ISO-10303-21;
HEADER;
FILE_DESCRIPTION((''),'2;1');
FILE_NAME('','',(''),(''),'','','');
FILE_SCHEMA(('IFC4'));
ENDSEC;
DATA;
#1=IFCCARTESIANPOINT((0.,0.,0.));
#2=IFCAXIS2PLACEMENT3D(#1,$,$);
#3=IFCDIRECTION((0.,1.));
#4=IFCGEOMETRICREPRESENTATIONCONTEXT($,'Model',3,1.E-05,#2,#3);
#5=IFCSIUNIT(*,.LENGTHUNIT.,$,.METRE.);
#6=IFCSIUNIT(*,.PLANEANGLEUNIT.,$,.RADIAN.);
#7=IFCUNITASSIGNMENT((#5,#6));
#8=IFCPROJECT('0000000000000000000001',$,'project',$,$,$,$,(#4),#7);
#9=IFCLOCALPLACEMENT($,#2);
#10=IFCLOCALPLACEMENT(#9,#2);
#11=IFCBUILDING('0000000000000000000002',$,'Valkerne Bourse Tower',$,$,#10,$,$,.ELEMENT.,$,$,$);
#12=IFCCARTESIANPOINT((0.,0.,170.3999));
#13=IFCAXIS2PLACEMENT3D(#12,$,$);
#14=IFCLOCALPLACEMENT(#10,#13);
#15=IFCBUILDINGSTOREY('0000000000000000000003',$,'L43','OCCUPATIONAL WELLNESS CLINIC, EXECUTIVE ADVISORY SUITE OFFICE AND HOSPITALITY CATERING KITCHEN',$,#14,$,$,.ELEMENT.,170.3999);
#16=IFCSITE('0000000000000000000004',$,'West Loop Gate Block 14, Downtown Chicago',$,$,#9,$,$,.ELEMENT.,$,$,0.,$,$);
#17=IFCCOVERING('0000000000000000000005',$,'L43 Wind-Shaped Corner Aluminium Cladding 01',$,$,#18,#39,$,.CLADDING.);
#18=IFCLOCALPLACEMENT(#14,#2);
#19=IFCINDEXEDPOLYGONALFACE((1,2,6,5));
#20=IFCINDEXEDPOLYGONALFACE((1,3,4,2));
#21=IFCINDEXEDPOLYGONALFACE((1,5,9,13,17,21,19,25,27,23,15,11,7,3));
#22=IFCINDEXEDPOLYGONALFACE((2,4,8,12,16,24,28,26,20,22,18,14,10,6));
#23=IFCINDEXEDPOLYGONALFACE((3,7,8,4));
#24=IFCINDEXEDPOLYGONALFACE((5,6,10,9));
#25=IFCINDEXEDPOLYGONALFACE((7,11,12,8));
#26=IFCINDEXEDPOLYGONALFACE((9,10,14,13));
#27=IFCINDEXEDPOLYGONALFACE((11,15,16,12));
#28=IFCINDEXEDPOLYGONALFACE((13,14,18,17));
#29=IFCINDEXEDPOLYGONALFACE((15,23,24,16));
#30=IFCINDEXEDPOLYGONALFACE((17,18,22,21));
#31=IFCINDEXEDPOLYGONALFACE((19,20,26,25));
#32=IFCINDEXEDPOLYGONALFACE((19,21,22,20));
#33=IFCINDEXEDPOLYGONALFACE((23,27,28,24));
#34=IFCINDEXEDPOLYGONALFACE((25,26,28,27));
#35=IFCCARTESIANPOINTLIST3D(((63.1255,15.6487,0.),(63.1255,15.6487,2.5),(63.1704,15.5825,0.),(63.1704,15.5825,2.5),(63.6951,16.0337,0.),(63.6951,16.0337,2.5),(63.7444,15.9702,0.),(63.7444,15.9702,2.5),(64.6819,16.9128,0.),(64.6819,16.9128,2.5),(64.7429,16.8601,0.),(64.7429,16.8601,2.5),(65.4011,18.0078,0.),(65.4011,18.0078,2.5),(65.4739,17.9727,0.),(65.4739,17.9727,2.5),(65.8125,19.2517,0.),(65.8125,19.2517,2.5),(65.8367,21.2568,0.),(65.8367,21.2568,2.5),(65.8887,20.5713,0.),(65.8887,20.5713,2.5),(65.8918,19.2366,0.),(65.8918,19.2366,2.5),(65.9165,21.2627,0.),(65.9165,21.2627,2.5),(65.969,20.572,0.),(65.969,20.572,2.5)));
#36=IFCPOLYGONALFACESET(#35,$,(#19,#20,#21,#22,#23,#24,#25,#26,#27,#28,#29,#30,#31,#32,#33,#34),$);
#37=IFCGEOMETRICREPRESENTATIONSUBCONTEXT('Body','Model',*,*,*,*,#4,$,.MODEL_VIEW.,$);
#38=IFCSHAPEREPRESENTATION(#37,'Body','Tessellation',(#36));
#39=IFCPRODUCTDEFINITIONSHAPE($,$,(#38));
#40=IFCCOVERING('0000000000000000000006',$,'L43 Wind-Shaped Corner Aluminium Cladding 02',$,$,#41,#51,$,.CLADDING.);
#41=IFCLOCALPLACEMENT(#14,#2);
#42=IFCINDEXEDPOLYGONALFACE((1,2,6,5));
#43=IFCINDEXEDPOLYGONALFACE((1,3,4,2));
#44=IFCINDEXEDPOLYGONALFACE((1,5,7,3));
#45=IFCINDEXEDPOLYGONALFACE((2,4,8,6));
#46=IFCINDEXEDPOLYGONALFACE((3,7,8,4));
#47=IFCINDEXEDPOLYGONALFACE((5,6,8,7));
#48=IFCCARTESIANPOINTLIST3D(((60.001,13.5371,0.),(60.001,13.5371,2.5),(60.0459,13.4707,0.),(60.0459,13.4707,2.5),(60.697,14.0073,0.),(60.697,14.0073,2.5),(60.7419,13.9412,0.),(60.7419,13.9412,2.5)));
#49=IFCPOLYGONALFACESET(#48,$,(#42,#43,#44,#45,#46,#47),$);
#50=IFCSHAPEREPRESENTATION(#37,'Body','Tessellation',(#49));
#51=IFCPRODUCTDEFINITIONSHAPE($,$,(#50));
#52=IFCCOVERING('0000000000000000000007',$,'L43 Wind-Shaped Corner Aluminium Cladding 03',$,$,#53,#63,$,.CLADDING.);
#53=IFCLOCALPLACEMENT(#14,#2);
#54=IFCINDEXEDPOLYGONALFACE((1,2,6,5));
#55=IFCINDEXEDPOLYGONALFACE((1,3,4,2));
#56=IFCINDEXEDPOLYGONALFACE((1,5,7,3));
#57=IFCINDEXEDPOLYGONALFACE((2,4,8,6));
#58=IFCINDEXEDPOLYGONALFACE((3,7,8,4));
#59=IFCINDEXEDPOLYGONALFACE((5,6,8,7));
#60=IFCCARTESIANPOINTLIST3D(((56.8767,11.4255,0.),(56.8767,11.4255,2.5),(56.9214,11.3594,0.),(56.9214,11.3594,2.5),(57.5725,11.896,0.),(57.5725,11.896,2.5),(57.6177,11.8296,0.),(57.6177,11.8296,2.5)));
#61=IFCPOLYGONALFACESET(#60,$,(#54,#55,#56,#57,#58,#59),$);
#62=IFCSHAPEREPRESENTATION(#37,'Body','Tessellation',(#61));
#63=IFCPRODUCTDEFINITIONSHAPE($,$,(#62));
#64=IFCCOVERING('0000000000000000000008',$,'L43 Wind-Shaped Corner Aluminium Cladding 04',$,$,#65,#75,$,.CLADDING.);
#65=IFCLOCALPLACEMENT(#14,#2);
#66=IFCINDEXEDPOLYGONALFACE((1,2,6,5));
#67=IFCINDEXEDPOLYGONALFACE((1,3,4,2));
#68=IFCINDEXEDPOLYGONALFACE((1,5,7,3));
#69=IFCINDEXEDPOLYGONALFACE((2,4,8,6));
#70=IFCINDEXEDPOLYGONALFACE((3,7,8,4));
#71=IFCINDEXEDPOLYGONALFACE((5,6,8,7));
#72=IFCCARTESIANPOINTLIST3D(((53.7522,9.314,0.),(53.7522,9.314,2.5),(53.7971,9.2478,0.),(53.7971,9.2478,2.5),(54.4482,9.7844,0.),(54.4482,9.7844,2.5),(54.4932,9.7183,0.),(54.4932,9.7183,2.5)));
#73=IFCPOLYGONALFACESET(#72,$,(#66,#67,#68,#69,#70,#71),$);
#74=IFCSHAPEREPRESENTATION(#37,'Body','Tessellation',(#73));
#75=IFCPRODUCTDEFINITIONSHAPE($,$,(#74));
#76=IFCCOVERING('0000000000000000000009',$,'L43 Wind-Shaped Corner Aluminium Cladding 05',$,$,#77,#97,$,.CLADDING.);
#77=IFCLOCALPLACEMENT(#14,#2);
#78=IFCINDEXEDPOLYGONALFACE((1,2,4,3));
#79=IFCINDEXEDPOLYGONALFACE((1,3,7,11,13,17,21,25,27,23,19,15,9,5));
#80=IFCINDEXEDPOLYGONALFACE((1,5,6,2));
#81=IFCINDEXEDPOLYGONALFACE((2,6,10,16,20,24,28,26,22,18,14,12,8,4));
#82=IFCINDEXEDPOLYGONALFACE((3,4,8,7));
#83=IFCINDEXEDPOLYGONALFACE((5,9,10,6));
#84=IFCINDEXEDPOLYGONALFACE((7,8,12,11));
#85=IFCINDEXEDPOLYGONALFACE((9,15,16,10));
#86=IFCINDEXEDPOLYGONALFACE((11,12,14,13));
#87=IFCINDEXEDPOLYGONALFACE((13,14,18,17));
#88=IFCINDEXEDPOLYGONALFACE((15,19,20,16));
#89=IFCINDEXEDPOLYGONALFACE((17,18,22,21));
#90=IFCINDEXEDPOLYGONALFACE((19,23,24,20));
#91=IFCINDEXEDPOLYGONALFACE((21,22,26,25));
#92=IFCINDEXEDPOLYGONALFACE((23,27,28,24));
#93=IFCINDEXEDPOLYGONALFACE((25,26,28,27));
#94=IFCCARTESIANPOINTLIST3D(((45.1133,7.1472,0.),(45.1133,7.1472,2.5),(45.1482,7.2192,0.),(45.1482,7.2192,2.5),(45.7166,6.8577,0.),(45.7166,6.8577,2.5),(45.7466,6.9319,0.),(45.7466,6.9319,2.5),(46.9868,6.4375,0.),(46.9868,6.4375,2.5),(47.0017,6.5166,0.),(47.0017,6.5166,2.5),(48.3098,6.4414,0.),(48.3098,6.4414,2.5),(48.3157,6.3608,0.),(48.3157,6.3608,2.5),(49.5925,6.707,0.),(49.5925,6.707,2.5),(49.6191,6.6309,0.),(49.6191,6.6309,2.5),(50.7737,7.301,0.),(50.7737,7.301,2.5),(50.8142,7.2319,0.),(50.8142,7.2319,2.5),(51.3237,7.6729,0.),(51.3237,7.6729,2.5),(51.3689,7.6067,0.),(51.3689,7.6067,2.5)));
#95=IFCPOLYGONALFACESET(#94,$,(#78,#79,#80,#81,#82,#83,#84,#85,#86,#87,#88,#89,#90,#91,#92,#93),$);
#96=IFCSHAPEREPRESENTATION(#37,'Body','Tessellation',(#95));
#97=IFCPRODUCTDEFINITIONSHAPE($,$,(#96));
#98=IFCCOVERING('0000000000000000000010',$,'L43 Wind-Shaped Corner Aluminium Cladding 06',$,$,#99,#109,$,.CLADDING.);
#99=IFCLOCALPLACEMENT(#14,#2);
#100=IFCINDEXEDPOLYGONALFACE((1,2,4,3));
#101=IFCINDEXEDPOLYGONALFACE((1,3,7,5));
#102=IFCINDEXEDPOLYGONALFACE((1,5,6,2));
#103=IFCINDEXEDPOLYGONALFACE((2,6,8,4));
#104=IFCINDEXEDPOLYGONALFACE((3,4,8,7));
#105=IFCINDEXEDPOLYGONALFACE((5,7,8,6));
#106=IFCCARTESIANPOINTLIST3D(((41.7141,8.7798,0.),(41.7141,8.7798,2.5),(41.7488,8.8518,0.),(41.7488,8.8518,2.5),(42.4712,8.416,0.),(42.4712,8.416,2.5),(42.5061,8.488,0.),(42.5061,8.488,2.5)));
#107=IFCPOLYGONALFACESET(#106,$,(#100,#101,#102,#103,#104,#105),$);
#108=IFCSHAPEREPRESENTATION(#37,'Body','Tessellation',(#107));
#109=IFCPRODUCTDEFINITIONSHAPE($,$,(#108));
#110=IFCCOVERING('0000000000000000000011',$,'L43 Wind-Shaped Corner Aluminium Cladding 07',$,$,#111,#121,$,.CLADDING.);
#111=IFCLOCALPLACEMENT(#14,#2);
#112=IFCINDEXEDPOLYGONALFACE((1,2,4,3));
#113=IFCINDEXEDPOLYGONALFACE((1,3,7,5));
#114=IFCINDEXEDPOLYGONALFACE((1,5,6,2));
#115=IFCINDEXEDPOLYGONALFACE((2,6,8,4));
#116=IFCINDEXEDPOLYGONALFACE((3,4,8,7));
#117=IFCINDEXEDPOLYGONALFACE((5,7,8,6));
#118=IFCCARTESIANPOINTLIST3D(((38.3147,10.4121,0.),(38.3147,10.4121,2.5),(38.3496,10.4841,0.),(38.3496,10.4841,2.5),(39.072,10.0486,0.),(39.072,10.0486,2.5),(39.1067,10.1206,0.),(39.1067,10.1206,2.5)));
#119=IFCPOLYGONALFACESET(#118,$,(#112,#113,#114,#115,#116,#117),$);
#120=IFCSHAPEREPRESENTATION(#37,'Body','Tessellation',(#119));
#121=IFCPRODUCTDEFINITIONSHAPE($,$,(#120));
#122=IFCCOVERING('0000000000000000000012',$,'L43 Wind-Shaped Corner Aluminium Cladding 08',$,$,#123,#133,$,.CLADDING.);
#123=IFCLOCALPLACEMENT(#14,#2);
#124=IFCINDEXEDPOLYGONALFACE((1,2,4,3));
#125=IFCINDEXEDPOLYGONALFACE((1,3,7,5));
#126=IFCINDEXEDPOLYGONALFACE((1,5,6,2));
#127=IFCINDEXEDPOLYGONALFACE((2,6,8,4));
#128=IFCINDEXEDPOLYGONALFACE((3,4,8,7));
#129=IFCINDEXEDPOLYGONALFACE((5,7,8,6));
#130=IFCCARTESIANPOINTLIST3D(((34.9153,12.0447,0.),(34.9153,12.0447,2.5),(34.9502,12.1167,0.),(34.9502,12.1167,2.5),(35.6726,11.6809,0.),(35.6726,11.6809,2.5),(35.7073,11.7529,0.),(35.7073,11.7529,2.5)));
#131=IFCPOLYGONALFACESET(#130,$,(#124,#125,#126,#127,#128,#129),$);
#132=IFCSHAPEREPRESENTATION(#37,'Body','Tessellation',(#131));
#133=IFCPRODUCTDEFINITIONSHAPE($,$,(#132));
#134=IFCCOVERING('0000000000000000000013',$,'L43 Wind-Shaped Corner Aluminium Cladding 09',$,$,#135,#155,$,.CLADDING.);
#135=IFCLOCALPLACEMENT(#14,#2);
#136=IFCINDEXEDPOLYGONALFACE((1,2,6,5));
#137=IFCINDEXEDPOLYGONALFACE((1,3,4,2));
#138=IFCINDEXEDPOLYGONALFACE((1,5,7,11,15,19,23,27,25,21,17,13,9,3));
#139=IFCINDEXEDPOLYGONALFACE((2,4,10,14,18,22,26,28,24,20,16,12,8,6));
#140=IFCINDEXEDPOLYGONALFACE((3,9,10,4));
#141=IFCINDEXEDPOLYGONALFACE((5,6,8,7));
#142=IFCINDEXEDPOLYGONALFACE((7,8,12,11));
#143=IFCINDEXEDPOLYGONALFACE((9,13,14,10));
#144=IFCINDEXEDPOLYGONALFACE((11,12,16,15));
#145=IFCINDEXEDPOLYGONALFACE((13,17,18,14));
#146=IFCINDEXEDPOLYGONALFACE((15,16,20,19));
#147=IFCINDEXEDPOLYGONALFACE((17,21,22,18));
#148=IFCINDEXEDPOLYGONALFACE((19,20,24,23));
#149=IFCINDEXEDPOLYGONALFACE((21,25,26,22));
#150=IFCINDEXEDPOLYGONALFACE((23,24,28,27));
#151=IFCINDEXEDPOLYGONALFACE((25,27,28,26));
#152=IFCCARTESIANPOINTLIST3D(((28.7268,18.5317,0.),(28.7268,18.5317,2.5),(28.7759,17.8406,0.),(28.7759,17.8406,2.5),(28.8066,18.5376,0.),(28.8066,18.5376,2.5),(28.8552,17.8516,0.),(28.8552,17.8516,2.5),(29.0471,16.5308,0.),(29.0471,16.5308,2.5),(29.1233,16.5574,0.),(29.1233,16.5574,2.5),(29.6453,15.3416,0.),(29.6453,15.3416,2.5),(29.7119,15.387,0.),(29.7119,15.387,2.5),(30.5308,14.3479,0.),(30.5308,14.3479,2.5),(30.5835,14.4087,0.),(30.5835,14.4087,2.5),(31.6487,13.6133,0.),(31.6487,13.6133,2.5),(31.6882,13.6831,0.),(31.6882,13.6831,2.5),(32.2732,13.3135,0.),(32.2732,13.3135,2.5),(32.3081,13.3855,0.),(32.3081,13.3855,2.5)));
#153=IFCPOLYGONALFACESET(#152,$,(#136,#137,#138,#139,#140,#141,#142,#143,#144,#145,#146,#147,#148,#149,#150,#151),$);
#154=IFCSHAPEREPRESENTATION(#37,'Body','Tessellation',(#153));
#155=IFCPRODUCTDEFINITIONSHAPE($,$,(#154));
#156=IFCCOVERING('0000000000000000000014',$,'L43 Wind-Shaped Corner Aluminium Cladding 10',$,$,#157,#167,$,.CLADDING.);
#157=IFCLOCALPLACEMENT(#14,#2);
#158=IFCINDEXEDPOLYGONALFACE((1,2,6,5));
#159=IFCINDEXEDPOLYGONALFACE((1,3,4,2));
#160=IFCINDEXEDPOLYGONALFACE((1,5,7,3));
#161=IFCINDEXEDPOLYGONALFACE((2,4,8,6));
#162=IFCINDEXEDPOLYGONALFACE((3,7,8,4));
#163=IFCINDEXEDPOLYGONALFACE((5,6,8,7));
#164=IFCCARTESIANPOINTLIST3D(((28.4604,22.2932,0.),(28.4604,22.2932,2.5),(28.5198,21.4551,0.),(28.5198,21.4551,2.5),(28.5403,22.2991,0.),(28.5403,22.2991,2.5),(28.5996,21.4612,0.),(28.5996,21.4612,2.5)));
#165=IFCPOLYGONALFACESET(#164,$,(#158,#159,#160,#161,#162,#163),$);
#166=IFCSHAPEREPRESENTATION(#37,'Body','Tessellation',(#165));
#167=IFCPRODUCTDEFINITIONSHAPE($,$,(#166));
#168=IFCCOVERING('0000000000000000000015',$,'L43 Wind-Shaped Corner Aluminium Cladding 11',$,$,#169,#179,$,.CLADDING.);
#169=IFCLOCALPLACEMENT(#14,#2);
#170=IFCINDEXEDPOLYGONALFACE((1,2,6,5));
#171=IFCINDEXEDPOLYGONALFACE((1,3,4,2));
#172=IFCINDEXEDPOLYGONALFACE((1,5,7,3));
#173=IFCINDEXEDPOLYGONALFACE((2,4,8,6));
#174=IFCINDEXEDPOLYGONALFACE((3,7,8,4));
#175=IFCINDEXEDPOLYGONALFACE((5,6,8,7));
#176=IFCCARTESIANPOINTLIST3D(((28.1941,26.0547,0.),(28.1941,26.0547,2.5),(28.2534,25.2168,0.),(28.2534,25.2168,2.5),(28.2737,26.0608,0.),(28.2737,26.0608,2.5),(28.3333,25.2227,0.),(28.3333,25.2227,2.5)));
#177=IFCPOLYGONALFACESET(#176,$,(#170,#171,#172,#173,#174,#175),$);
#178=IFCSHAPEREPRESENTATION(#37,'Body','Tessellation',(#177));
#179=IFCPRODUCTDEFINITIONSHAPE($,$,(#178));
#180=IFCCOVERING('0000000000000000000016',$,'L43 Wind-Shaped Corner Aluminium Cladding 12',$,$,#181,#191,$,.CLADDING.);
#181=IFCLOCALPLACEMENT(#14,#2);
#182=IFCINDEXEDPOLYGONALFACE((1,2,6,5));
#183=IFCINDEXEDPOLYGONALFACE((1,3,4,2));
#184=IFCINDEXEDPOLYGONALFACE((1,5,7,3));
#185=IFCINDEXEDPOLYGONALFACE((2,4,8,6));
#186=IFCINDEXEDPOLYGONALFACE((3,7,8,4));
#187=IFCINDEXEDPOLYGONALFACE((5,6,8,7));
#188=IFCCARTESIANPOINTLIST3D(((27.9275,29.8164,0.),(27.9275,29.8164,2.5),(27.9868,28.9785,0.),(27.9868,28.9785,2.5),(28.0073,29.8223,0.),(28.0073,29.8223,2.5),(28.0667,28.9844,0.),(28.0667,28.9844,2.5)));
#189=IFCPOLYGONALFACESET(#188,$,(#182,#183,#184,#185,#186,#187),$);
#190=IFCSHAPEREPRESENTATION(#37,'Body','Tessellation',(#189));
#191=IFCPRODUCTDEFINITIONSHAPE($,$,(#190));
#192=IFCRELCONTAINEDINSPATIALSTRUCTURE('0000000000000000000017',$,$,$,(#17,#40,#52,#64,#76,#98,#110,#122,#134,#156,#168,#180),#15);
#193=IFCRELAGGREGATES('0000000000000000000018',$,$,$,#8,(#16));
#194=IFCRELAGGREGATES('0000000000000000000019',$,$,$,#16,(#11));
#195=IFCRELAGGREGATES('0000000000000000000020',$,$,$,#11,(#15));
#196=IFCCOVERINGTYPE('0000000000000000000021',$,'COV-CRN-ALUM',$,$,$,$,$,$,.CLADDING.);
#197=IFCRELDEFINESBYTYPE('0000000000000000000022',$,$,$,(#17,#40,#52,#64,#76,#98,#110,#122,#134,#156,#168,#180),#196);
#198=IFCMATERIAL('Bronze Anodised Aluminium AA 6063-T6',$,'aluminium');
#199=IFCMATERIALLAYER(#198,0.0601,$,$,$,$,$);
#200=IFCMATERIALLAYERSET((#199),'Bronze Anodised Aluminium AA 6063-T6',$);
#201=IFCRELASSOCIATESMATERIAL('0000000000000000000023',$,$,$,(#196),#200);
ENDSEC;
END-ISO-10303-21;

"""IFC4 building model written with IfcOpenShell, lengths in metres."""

from ifc_helpers import new_model, si_unit, direction, frame, origin, place, context, subcontext, project, spatial, polyline, outline, extrude, material, layer, layer_set, type_object, element, save


model = new_model("IFC4")

# Units and contexts
model_context = context("Model", 3, precision=1e-05, world=origin(), true_north=direction((0.0, 1.0)))
body_context = subcontext(model_context, "Body", "Model", "MODEL_VIEW")
ifc_project = project(units=[si_unit("LENGTHUNIT", "METRE"), si_unit("PLANEANGLEUNIT", "RADIAN")], contexts=[model_context])

# Site, building, storey
site_placement = place(None, origin())
site = spatial("IfcSite", under=ifc_project, at=site_placement, Name="West Loop Gate Block 14, Downtown Chicago", CompositionType="ELEMENT", RefElevation=0.0)
building_placement = place(site_placement, origin())
building = spatial("IfcBuilding", under=site, at=building_placement, Name="Valkerne Bourse Tower", CompositionType="ELEMENT")
storey_placement = place(building_placement, frame((0.0, 0.0, 170.3999)))
storey = spatial("IfcBuildingStorey", under=building, at=storey_placement, Name="L43", Description="OCCUPATIONAL WELLNESS CLINIC, EXECUTIVE ADVISORY SUITE OFFICE AND HOSPITALITY CATERING KITCHEN", CompositionType="ELEMENT", Elevation=170.3999)

# Coverings
ifc_material_1 = material(Name="Bronze Anodised Aluminium AA 6063-T6", Category="aluminium")
ifc_layer_1 = layer(ifc_material_1, 0.0601)
ifc_layer_set_1 = layer_set([ifc_layer_1], Name="Bronze Anodised Aluminium AA 6063-T6")
covering_type = type_object("IfcCoveringType", Name="COV-CRN-ALUM", PredefinedType="CLADDING", material=ifc_layer_set_1)
covering_1_placement = place(storey_placement, origin())
element("IfcCovering", 1, at=covering_1_placement, inside=storey, type_object=covering_type, Name="L43 Wind-Shaped Corner Aluminium Cladding 01", PredefinedType="CLADDING", context=body_context, shape_type="SweptSolid", body=[
    extrude(outline(polyline([(65.8918, 19.2366), (65.4739, 17.9727), (64.7429, 16.8601), (63.7444, 15.9702), (63.1704, 15.5825), (63.1255, 15.6487), (63.6951, 16.0337), (64.6819, 16.9128), (65.4011, 18.0078), (65.8125, 19.2517), (65.8887, 20.5713), (65.8367, 21.2568), (65.9165, 21.2627), (65.969, 20.572), (65.8918, 19.2366)])), origin(), (0.0, 0.0, 1.0), 2.5),
])
covering_2_placement = place(storey_placement, origin())
element("IfcCovering", 2, at=covering_2_placement, inside=storey, type_object=covering_type, Name="L43 Wind-Shaped Corner Aluminium Cladding 02", PredefinedType="CLADDING", context=body_context, shape_type="SweptSolid", body=[
    extrude(outline(polyline([(60.0459, 13.4707), (60.001, 13.5371), (60.697, 14.0073), (60.7419, 13.9412), (60.0459, 13.4707)])), origin(), (0.0, 0.0, 1.0), 2.5),
])
covering_3_placement = place(storey_placement, origin())
element("IfcCovering", 3, at=covering_3_placement, inside=storey, type_object=covering_type, Name="L43 Wind-Shaped Corner Aluminium Cladding 03", PredefinedType="CLADDING", context=body_context, shape_type="SweptSolid", body=[
    extrude(outline(polyline([(56.9214, 11.3594), (56.8767, 11.4255), (57.5725, 11.896), (57.6177, 11.8296), (56.9214, 11.3594)])), origin(), (0.0, 0.0, 1.0), 2.5),
])
covering_4_placement = place(storey_placement, origin())
element("IfcCovering", 4, at=covering_4_placement, inside=storey, type_object=covering_type, Name="L43 Wind-Shaped Corner Aluminium Cladding 04", PredefinedType="CLADDING", context=body_context, shape_type="SweptSolid", body=[
    extrude(outline(polyline([(53.7971, 9.2478), (53.7522, 9.314), (54.4482, 9.7844), (54.4932, 9.7183), (53.7971, 9.2478)])), origin(), (0.0, 0.0, 1.0), 2.5),
])
covering_5_placement = place(storey_placement, origin())
element("IfcCovering", 5, at=covering_5_placement, inside=storey, type_object=covering_type, Name="L43 Wind-Shaped Corner Aluminium Cladding 05", PredefinedType="CLADDING", context=body_context, shape_type="SweptSolid", body=[
    extrude(outline(polyline([(50.8142, 7.2319), (49.6191, 6.6309), (48.3157, 6.3608), (46.9868, 6.4375), (45.7166, 6.8577), (45.1133, 7.1472), (45.1482, 7.2192), (45.7466, 6.9319), (47.0017, 6.5166), (48.3098, 6.4414), (49.5925, 6.707), (50.7737, 7.301), (51.3237, 7.6729), (51.3689, 7.6067), (50.8142, 7.2319)])), origin(), (0.0, 0.0, 1.0), 2.5),
])
covering_6_placement = place(storey_placement, origin())
element("IfcCovering", 6, at=covering_6_placement, inside=storey, type_object=covering_type, Name="L43 Wind-Shaped Corner Aluminium Cladding 06", PredefinedType="CLADDING", context=body_context, shape_type="SweptSolid", body=[
    extrude(outline(polyline([(41.7141, 8.7798), (41.7488, 8.8518), (42.5061, 8.488), (42.4712, 8.416), (41.7141, 8.7798)])), origin(), (0.0, 0.0, 1.0), 2.5),
])
covering_7_placement = place(storey_placement, origin())
element("IfcCovering", 7, at=covering_7_placement, inside=storey, type_object=covering_type, Name="L43 Wind-Shaped Corner Aluminium Cladding 07", PredefinedType="CLADDING", context=body_context, shape_type="SweptSolid", body=[
    extrude(outline(polyline([(38.3147, 10.4121), (38.3496, 10.4841), (39.1067, 10.1206), (39.072, 10.0486), (38.3147, 10.4121)])), origin(), (0.0, 0.0, 1.0), 2.5),
])
covering_8_placement = place(storey_placement, origin())
element("IfcCovering", 8, at=covering_8_placement, inside=storey, type_object=covering_type, Name="L43 Wind-Shaped Corner Aluminium Cladding 08", PredefinedType="CLADDING", context=body_context, shape_type="SweptSolid", body=[
    extrude(outline(polyline([(34.9153, 12.0447), (34.9502, 12.1167), (35.7073, 11.7529), (35.6726, 11.6809), (34.9153, 12.0447)])), origin(), (0.0, 0.0, 1.0), 2.5),
])
covering_9_placement = place(storey_placement, origin())
element("IfcCovering", 9, at=covering_9_placement, inside=storey, type_object=covering_type, Name="L43 Wind-Shaped Corner Aluminium Cladding 09", PredefinedType="CLADDING", context=body_context, shape_type="SweptSolid", body=[
    extrude(outline(polyline([(31.6487, 13.6133), (30.5308, 14.3479), (29.6453, 15.3416), (29.0471, 16.5308), (28.7759, 17.8406), (28.7268, 18.5317), (28.8066, 18.5376), (28.8552, 17.8516), (29.1233, 16.5574), (29.7119, 15.387), (30.5835, 14.4087), (31.6882, 13.6831), (32.3081, 13.3855), (32.2732, 13.3135), (31.6487, 13.6133)])), origin(), (0.0, 0.0, 1.0), 2.5),
])
covering_10_placement = place(storey_placement, origin())
element("IfcCovering", 10, at=covering_10_placement, inside=storey, type_object=covering_type, Name="L43 Wind-Shaped Corner Aluminium Cladding 10", PredefinedType="CLADDING", context=body_context, shape_type="SweptSolid", body=[
    extrude(outline(polyline([(28.4604, 22.2932), (28.5403, 22.2991), (28.5996, 21.4612), (28.5198, 21.4551), (28.4604, 22.2932)])), origin(), (0.0, 0.0, 1.0), 2.5),
])
covering_11_placement = place(storey_placement, origin())
element("IfcCovering", 11, at=covering_11_placement, inside=storey, type_object=covering_type, Name="L43 Wind-Shaped Corner Aluminium Cladding 11", PredefinedType="CLADDING", context=body_context, shape_type="SweptSolid", body=[
    extrude(outline(polyline([(28.1941, 26.0547), (28.2737, 26.0608), (28.3333, 25.2227), (28.2534, 25.2168), (28.1941, 26.0547)])), origin(), (0.0, 0.0, 1.0), 2.5),
])
covering_12_placement = place(storey_placement, origin())
element("IfcCovering", 12, at=covering_12_placement, inside=storey, type_object=covering_type, Name="L43 Wind-Shaped Corner Aluminium Cladding 12", PredefinedType="CLADDING", context=body_context, shape_type="SweptSolid", body=[
    extrude(outline(polyline([(27.9275, 29.8164), (28.0073, 29.8223), (28.0667, 28.9844), (27.9868, 28.9785), (27.9275, 29.8164)])), origin(), (0.0, 0.0, 1.0), 2.5),
])

save(model, "model.ifc")
